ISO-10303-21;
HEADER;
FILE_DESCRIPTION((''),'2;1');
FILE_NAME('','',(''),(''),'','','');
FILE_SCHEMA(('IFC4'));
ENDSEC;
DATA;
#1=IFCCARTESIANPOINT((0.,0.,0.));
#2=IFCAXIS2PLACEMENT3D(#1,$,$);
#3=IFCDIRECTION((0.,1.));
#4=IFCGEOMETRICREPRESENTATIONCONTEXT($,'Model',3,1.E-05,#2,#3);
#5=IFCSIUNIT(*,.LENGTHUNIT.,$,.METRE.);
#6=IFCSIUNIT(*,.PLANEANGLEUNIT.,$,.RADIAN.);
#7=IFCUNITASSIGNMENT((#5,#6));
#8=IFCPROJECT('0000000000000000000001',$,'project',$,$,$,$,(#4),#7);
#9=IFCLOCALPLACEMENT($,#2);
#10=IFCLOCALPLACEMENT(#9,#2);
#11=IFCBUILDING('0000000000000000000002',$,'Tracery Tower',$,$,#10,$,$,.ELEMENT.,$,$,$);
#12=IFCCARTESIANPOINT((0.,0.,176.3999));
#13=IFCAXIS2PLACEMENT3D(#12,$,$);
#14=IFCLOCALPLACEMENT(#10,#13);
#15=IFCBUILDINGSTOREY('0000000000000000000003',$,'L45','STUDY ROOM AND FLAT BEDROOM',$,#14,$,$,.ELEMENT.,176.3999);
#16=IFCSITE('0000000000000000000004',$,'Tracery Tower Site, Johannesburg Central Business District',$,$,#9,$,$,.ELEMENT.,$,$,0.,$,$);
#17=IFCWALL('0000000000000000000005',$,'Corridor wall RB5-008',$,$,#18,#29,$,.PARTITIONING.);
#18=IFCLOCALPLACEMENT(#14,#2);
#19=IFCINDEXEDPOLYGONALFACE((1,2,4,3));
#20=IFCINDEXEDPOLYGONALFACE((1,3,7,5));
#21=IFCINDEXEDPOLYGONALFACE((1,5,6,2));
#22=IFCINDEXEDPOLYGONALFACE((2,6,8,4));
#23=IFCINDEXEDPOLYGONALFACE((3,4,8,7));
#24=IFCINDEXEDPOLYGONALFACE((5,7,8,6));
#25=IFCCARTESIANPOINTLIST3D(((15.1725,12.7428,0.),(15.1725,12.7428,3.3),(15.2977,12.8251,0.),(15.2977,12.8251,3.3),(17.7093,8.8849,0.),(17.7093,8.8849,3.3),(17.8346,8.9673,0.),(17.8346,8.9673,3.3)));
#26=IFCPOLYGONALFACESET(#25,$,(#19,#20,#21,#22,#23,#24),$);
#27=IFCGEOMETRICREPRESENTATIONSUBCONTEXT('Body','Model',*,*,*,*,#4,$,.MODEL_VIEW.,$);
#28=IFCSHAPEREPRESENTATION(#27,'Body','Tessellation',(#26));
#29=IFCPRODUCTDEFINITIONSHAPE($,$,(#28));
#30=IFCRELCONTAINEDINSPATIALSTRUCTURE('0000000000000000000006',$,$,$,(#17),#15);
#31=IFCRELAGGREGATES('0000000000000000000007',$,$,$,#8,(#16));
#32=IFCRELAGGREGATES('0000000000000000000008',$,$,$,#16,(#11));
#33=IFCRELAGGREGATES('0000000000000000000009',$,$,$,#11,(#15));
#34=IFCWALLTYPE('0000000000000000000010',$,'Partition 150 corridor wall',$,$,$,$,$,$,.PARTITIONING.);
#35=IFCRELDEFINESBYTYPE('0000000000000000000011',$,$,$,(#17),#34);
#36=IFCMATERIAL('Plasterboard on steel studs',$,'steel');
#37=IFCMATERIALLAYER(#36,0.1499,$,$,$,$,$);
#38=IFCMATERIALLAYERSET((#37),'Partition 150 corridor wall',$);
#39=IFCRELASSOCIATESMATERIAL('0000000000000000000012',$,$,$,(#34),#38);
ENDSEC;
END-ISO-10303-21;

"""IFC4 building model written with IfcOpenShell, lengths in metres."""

from ifc_helpers import new_model, si_unit, direction, frame, frame_2d, origin, place, context, subcontext, project, spatial, rectangle, extrude, material, layer, layer_set, type_object, element, save


model = new_model("IFC4")

# Units and contexts
model_context = context("Model", 3, precision=1e-05, world=origin(), true_north=direction((0.0, 1.0)))
body_context = subcontext(model_context, "Body", "Model", "MODEL_VIEW")
ifc_project = project(units=[si_unit("LENGTHUNIT", "METRE"), si_unit("PLANEANGLEUNIT", "RADIAN")], contexts=[model_context])

# Site, building, storey
site_placement = place(None, origin())
site = spatial("IfcSite", under=ifc_project, at=site_placement, Name="Tracery Tower Site, Johannesburg Central Business District", CompositionType="ELEMENT", RefElevation=0.0)
building_placement = place(site_placement, origin())
building = spatial("IfcBuilding", under=site, at=building_placement, Name="Tracery Tower", CompositionType="ELEMENT")
storey_placement = place(building_placement, frame((0.0, 0.0, 176.3999)))
storey = spatial("IfcBuildingStorey", under=building, at=storey_placement, Name="L45", Description="STUDY ROOM AND FLAT BEDROOM", CompositionType="ELEMENT", Elevation=176.3999)

# Wall
ifc_material_1 = material(Name="Plasterboard on steel studs", Category="steel")
ifc_layer_1 = layer(ifc_material_1, 0.1499)
ifc_layer_set_1 = layer_set([ifc_layer_1], Name="Partition 150 corridor wall")
wall_type_1 = type_object("IfcWallType", Name="Partition 150 corridor wall", PredefinedType="PARTITIONING", material=ifc_layer_set_1)
wall_1_placement = place(storey_placement, frame((15.2351, 12.7839, 0.0), z_axis=(0.0, 0.0, 1.0), x_axis=(0.54943, -0.83554, 0.0)))
element("IfcWall", 1, at=wall_1_placement, inside=storey, type_object=wall_type_1, Name="Corridor wall RB5-008", PredefinedType="PARTITIONING", context=body_context, shape_type="SweptSolid", body=[
    extrude(rectangle(XDim=4.6172, YDim=0.1499, at=frame_2d((2.3086, 0.0))), origin(), (0.0, 0.0, 1.0), 3.3),
])

save(model, "model.ifc")
